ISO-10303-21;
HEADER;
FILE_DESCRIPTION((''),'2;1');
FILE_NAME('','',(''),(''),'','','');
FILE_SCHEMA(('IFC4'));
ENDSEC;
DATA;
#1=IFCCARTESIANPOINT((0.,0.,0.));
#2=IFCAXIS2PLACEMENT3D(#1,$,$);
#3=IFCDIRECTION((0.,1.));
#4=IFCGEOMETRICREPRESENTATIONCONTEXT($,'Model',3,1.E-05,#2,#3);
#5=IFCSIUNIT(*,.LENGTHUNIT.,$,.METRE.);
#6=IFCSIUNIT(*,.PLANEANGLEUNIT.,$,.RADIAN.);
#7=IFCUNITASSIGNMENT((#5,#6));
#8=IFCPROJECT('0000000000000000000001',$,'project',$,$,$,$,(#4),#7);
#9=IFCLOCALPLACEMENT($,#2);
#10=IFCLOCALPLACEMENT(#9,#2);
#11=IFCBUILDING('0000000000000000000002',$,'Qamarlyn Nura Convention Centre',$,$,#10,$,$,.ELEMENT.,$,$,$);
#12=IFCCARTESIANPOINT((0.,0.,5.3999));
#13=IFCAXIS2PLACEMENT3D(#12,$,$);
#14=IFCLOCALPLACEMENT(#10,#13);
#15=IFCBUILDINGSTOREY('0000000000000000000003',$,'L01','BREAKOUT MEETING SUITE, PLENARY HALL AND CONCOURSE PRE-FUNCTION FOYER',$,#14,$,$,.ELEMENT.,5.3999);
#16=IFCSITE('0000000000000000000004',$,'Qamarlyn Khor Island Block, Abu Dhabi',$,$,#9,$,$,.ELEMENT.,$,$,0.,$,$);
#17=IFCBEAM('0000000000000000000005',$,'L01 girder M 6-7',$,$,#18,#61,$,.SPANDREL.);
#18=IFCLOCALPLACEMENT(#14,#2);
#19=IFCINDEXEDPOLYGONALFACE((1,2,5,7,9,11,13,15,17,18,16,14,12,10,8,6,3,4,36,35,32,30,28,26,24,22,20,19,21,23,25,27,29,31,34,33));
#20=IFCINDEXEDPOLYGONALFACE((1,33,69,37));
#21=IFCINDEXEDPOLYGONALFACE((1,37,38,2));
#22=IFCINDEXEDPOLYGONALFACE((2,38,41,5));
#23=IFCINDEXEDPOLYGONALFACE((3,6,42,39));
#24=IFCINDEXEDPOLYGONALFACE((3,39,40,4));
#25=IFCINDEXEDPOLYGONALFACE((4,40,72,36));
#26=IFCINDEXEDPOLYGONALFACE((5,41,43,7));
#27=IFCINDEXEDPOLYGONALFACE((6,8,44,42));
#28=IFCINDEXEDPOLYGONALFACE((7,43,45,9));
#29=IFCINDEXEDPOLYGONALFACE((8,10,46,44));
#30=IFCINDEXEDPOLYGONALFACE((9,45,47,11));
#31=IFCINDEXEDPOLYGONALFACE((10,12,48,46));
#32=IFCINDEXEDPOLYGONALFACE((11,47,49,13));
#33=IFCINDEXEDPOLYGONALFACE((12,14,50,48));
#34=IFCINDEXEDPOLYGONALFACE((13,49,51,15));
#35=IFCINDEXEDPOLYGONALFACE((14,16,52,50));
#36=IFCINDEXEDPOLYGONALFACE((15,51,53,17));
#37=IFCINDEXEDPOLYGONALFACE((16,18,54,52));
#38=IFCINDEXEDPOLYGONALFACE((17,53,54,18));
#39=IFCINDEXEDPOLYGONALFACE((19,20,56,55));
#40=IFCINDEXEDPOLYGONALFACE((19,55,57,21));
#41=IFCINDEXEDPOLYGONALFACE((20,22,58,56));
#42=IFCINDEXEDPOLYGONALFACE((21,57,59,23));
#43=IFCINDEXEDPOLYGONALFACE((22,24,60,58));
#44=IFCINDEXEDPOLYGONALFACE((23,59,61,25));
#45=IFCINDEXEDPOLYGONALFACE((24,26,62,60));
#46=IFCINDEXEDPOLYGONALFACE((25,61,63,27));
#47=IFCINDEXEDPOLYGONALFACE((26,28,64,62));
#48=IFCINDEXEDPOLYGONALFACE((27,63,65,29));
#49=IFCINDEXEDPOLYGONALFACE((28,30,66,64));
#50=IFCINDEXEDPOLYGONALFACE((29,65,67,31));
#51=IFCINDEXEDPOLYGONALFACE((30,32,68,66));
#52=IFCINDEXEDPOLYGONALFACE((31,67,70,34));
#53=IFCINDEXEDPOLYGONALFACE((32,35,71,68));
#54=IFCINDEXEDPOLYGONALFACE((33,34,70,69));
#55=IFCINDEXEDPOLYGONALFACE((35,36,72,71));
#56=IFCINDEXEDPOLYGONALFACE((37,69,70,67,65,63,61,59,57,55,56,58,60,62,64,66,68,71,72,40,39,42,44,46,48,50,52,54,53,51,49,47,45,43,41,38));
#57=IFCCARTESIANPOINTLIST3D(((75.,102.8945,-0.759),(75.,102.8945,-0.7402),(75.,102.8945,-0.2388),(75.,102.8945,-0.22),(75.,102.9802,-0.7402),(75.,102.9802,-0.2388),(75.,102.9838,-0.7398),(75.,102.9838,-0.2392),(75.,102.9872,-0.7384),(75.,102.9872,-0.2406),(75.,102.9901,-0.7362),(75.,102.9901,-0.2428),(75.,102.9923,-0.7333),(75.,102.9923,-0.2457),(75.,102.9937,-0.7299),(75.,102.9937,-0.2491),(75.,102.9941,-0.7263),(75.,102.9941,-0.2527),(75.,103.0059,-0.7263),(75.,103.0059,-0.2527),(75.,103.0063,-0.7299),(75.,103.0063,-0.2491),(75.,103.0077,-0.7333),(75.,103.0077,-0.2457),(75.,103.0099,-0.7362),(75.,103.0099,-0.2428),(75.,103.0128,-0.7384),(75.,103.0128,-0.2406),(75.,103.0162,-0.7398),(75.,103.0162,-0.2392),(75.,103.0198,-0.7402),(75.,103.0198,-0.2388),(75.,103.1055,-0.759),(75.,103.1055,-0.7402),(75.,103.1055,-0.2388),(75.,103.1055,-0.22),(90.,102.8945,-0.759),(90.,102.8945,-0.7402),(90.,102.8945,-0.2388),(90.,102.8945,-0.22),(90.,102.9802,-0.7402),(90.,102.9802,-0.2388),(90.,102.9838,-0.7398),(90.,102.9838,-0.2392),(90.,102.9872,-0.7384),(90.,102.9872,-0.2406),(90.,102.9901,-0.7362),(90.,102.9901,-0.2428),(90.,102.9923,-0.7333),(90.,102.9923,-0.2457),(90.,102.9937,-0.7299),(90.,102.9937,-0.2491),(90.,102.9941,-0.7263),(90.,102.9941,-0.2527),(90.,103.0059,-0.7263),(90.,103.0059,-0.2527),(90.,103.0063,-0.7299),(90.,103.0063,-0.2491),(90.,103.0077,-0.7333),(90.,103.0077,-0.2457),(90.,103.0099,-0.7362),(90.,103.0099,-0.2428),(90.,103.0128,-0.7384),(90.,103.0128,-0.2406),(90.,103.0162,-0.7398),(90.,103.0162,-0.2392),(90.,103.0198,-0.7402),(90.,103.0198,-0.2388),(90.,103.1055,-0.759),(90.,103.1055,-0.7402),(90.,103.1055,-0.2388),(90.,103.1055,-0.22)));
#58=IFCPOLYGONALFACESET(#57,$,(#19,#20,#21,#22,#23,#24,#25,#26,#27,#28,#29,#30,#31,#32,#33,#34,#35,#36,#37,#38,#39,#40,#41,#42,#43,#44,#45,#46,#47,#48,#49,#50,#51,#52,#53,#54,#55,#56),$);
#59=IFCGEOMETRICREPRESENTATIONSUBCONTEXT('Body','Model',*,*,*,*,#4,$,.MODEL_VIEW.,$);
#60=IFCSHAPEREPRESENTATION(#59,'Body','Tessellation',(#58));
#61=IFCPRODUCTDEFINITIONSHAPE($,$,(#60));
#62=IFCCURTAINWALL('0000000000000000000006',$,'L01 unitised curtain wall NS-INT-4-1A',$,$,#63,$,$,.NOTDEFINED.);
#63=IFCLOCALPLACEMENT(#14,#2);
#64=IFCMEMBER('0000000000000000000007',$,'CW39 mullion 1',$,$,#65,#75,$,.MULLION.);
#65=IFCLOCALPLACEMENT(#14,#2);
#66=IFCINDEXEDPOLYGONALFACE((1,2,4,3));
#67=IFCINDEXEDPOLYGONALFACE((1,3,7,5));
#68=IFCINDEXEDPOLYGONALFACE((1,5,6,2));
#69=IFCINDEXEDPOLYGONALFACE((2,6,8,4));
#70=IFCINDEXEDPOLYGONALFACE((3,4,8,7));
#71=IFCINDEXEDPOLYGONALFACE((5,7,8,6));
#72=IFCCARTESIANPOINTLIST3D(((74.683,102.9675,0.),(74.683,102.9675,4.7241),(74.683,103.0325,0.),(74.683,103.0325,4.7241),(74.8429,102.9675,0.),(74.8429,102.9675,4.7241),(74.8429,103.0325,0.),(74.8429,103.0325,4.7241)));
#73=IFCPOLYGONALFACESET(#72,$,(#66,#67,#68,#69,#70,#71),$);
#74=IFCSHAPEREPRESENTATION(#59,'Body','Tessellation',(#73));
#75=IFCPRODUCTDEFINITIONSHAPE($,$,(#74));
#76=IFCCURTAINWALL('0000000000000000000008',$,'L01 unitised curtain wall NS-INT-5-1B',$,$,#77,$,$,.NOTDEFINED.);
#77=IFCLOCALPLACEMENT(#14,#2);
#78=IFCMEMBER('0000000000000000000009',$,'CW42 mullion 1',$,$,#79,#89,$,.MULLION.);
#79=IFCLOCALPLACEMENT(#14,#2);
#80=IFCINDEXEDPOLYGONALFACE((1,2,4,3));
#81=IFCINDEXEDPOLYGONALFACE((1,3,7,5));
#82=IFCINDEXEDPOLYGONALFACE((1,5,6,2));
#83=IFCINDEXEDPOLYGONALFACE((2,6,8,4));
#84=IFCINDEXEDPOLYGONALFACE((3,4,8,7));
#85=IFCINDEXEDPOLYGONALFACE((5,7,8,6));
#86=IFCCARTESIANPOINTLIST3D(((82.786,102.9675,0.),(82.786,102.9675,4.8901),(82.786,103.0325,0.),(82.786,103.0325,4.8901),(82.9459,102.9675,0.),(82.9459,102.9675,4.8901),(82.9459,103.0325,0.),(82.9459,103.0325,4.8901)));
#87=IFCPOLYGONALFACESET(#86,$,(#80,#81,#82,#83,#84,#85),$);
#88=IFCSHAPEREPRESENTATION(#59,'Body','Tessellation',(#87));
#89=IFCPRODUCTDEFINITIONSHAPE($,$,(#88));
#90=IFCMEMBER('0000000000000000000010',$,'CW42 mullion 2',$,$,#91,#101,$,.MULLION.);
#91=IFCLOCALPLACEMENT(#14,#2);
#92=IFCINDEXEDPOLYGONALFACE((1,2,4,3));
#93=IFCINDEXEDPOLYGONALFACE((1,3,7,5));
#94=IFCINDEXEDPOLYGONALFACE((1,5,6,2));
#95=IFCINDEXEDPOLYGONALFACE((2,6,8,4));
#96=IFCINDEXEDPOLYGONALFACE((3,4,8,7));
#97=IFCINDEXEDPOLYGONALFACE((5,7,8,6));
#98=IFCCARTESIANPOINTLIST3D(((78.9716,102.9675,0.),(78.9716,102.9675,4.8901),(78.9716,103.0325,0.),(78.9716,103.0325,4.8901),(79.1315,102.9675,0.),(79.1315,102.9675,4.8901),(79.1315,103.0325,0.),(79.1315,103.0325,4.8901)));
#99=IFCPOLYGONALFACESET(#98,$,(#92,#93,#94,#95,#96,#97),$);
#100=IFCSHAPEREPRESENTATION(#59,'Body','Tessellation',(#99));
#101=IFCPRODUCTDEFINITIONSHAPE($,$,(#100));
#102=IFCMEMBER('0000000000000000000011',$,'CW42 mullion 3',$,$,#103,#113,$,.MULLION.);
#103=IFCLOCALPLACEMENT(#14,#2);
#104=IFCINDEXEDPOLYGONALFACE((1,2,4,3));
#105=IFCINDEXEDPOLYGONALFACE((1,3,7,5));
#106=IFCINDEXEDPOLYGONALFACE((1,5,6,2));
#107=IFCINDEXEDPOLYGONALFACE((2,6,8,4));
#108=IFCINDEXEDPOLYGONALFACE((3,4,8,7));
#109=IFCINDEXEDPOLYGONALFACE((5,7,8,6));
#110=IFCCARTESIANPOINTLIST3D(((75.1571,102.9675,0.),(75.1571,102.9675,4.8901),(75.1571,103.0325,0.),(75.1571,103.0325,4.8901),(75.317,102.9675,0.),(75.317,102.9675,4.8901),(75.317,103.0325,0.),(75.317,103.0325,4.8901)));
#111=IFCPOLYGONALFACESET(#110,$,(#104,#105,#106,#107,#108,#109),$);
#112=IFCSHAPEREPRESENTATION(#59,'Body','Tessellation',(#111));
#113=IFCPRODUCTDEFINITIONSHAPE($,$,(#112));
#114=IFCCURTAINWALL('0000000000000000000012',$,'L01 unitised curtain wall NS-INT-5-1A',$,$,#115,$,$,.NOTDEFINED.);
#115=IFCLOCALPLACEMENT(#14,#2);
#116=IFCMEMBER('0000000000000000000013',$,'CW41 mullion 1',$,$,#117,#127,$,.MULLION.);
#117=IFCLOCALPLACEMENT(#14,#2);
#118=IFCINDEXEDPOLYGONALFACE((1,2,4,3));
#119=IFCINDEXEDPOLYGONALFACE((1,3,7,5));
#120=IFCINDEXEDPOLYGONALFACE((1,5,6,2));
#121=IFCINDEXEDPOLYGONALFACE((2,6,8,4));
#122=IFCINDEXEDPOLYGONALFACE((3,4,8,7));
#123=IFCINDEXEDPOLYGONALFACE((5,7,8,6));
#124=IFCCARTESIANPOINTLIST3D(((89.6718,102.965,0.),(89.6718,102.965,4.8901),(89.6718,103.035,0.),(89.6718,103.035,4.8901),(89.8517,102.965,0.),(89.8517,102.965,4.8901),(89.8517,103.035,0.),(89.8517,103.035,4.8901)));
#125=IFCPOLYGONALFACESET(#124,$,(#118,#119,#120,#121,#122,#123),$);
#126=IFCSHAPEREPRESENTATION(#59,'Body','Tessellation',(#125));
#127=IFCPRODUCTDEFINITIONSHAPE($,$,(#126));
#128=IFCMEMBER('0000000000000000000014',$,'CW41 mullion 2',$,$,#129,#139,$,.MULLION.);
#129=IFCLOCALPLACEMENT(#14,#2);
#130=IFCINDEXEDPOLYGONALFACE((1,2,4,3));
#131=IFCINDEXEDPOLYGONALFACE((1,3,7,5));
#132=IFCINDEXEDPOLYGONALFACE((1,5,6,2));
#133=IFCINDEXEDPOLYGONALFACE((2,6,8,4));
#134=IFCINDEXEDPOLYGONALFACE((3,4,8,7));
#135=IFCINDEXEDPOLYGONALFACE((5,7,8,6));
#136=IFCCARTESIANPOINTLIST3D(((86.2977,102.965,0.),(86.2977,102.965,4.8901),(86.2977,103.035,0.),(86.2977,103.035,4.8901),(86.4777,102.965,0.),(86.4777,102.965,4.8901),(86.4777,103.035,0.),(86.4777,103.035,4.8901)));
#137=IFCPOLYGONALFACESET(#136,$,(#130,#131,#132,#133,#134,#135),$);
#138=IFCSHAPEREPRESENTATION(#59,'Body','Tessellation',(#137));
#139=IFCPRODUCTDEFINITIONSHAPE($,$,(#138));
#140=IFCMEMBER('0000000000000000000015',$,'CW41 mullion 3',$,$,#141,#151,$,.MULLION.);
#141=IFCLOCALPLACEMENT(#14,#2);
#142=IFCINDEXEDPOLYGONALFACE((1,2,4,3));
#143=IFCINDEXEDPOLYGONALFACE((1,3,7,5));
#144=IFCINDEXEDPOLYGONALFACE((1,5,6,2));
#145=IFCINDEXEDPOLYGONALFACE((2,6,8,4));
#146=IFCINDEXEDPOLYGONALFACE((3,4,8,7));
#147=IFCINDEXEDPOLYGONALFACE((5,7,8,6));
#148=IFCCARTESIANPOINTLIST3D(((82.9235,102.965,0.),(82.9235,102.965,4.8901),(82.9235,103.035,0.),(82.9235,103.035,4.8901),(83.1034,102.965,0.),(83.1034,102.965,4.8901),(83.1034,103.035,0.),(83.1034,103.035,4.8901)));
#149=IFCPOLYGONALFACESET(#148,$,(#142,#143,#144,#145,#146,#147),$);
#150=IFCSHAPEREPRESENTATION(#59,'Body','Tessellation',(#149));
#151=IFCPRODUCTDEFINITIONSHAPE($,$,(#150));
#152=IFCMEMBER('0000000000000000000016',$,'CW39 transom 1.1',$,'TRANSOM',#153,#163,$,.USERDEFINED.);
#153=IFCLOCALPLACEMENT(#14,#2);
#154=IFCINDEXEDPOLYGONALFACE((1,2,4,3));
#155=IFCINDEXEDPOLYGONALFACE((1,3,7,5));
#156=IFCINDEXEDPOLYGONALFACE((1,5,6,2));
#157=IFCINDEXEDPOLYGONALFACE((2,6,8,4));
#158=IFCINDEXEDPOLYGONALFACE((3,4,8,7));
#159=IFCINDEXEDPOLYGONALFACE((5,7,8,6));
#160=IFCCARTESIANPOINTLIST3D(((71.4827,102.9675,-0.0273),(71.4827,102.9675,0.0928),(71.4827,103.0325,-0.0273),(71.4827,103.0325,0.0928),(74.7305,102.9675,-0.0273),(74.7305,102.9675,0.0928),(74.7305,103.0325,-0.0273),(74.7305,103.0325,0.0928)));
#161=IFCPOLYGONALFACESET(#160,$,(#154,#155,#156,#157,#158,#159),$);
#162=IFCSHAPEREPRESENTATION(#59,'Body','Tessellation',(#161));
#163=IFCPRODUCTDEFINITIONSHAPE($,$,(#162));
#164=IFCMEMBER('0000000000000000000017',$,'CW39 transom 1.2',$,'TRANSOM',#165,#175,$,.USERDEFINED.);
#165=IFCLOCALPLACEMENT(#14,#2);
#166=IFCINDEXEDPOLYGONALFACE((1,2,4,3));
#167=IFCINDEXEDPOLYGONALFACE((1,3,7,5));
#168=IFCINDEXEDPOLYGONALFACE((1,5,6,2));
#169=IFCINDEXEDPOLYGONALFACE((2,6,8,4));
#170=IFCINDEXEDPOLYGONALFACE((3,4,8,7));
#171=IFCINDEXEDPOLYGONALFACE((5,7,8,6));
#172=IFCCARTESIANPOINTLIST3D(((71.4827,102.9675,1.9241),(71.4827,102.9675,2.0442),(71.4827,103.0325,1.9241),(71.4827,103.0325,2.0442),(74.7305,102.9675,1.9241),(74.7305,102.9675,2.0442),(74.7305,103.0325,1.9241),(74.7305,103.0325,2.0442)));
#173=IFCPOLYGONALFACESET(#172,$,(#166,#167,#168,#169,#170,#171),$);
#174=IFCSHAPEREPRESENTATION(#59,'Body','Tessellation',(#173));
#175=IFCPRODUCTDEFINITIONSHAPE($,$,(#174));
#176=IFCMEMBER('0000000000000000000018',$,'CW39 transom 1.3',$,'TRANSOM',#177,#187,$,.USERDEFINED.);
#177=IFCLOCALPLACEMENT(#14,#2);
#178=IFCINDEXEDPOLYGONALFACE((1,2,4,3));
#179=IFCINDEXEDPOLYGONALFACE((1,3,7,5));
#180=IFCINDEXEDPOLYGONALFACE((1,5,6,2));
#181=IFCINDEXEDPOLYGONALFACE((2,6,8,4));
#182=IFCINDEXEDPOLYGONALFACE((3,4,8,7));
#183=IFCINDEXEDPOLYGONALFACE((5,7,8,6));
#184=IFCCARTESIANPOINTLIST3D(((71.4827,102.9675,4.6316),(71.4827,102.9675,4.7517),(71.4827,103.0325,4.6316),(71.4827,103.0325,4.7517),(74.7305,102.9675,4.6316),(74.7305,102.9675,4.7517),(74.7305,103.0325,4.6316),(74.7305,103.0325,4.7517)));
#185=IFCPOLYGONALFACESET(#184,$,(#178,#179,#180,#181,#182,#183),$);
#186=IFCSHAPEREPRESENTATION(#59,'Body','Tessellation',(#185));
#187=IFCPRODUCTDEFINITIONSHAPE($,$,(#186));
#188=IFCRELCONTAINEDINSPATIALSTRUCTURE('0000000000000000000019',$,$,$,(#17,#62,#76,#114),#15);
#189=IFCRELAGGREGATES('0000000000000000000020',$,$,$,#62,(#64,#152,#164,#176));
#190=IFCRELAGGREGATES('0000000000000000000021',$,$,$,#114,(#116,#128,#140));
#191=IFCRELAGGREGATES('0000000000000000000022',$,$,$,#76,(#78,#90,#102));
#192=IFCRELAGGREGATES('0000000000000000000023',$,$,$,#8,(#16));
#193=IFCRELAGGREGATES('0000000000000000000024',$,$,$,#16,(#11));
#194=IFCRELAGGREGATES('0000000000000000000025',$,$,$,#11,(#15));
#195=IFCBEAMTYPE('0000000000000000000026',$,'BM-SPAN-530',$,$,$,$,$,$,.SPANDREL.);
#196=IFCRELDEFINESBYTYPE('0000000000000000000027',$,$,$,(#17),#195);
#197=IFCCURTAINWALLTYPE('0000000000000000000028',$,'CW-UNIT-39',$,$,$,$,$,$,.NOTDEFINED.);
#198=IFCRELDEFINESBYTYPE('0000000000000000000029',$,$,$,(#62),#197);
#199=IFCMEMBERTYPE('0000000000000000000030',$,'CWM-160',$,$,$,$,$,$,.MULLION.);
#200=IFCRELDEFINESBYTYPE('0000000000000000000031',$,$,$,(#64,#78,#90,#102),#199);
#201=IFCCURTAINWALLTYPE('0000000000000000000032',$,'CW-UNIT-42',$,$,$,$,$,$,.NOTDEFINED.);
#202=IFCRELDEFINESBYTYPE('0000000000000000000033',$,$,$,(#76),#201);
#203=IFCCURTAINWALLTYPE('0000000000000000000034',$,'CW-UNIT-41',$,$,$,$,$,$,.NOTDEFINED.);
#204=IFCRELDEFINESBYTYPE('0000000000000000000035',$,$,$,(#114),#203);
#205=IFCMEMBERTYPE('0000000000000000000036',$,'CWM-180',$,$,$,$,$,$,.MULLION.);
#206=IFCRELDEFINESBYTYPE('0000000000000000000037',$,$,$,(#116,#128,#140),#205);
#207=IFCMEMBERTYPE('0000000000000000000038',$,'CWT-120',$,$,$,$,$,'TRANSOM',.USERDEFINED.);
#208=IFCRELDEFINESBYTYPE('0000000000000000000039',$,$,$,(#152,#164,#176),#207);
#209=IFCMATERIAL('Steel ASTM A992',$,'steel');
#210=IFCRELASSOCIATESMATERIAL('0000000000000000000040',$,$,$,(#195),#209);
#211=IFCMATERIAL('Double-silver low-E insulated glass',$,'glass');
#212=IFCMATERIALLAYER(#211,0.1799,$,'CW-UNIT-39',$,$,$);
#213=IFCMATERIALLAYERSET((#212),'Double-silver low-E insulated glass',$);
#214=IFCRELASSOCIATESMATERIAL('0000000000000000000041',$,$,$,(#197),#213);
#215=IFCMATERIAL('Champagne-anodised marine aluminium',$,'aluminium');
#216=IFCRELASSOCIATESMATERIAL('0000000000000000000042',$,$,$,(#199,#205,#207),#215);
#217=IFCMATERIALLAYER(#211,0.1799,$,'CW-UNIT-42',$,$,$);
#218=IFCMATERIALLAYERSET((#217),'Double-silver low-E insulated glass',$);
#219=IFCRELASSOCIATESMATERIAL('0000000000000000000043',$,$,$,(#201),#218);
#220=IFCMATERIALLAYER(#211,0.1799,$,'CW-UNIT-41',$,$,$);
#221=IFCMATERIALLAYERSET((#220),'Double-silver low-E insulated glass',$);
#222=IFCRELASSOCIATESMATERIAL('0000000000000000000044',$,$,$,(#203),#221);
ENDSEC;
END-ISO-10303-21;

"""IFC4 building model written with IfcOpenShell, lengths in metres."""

from ifc_helpers import new_model, si_unit, direction, frame, origin, origin_2d, place, context, subcontext, project, spatial, rectangle, i_section, extrude, material, layer, layer_set, material_profile, profile_set, type_object, element, aggregate, save


model = new_model("IFC4")

# Units and contexts
model_context = context("Model", 3, precision=1e-05, world=origin(), true_north=direction((0.0, 1.0)))
body_context = subcontext(model_context, "Body", "Model", "MODEL_VIEW")
ifc_project = project(units=[si_unit("LENGTHUNIT", "METRE"), si_unit("PLANEANGLEUNIT", "RADIAN")], contexts=[model_context])

# Site, building, storey
site_placement = place(None, origin())
site = spatial("IfcSite", under=ifc_project, at=site_placement, Name="Qamarlyn Khor Island Block, Abu Dhabi", CompositionType="ELEMENT", RefElevation=0.0)
building_placement = place(site_placement, origin())
building = spatial("IfcBuilding", under=site, at=building_placement, Name="Qamarlyn Nura Convention Centre", CompositionType="ELEMENT")
storey_placement = place(building_placement, frame((0.0, 0.0, 5.3999)))
storey = spatial("IfcBuildingStorey", under=building, at=storey_placement, Name="L01", Description="BREAKOUT MEETING SUITE, PLENARY HALL AND CONCOURSE PRE-FUNCTION FOYER", CompositionType="ELEMENT", Elevation=5.3999)

# Shared definitions
ifc_material_1 = material(Name="Steel ASTM A992", Category="steel")

# Beam
ifc_material_profile_1 = material_profile(ifc_material_1, i_section(OverallWidth=0.2109, OverallDepth=0.5391, WebThickness=0.0117, FlangeThickness=0.0188, FilletRadius=0.0139, at=origin_2d()), Name="W530X109")
ifc_profile_set_1 = profile_set([ifc_material_profile_1], Name="Steel ASTM A992")
beam_type_1 = type_object("IfcBeamType", Name="BM-SPAN-530", PredefinedType="SPANDREL", material=ifc_profile_set_1)
beam_1_placement = place(storey_placement, frame((75.0, 103.0, -0.4895), z_axis=(1.0, 0.0, 0.0), x_axis=(0.0, 1.0, 0.0)))
element("IfcBeam", 1, at=beam_1_placement, inside=storey, type_object=beam_type_1, Name="L01 girder M 6-7", PredefinedType="SPANDREL", context=body_context, shape_type="SweptSolid", body=[
    extrude(i_section(OverallWidth=0.2109, OverallDepth=0.5391, WebThickness=0.0117, FlangeThickness=0.0188, FilletRadius=0.0139, at=origin_2d()), origin(), (0.0, 0.0, 1.0), 15.0),
])

# Curtain wall, member
ifc_material_2 = material(Name="Double-silver low-E insulated glass", Category="glass")
ifc_layer_1 = layer(ifc_material_2, 0.1799, Name="CW-UNIT-39")
ifc_layer_set_1 = layer_set([ifc_layer_1], Name="Double-silver low-E insulated glass")
curtain_wall_type_1 = type_object("IfcCurtainWallType", Name="CW-UNIT-39", PredefinedType="NOTDEFINED", material=ifc_layer_set_1)
curtain_wall_1_placement = place(storey_placement, origin())
curtain_wall_1 = element("IfcCurtainWall", 2, at=curtain_wall_1_placement, inside=storey, type_object=curtain_wall_type_1, Name="L01 unitised curtain wall NS-INT-4-1A", PredefinedType="NOTDEFINED")
ifc_material_3 = material(Name="Champagne-anodised marine aluminium", Category="aluminium")
ifc_material_profile_2 = material_profile(ifc_material_3, rectangle(XDim=0.0649, YDim=0.1599, at=origin_2d()), Name="ALU MULLION 65x160")
ifc_profile_set_2 = profile_set([ifc_material_profile_2], Name="Champagne-anodised marine aluminium")
member_type_1 = type_object("IfcMemberType", Name="CWM-160", PredefinedType="MULLION", material=ifc_profile_set_2)
member_1_placement = place(storey_placement, frame((74.7629, 103.0, 0.0), z_axis=(0.0, 0.0, 1.0), x_axis=(0.0, -1.0, 0.0)))
member_1 = element("IfcMember", 3, at=member_1_placement, type_object=member_type_1, Name="CW39 mullion 1", PredefinedType="MULLION", context=body_context, shape_type="SweptSolid", body=[
    extrude(rectangle(XDim=0.0649, YDim=0.1599, at=origin_2d()), origin(), (0.0, 0.0, 1.0), 4.7241),
])

# Curtain walls, members
ifc_layer_2 = layer(ifc_material_2, 0.1799, Name="CW-UNIT-42")
ifc_layer_set_2 = layer_set([ifc_layer_2], Name="Double-silver low-E insulated glass")
curtain_wall_type_2 = type_object("IfcCurtainWallType", Name="CW-UNIT-42", PredefinedType="NOTDEFINED", material=ifc_layer_set_2)
curtain_wall_2_placement = place(storey_placement, origin())
curtain_wall_2 = element("IfcCurtainWall", 4, at=curtain_wall_2_placement, inside=storey, type_object=curtain_wall_type_2, Name="L01 unitised curtain wall NS-INT-5-1B", PredefinedType="NOTDEFINED")
member_2_placement = place(storey_placement, frame((82.866, 103.0, 0.0), z_axis=(0.0, 0.0, 1.0), x_axis=(0.0, -1.0, 0.0)))
member_2 = element("IfcMember", 5, at=member_2_placement, type_object=member_type_1, Name="CW42 mullion 1", PredefinedType="MULLION", context=body_context, shape_type="SweptSolid", body=[
    extrude(rectangle(XDim=0.0649, YDim=0.1599, at=origin_2d()), origin(), (0.0, 0.0, 1.0), 4.8901),
])
member_3_placement = place(storey_placement, frame((79.0515, 103.0, 0.0), z_axis=(0.0, 0.0, 1.0), x_axis=(0.0, -1.0, 0.0)))
member_3 = element("IfcMember", 6, at=member_3_placement, type_object=member_type_1, Name="CW42 mullion 2", PredefinedType="MULLION", context=body_context, shape_type="SweptSolid", body=[
    extrude(rectangle(XDim=0.0649, YDim=0.1599, at=origin_2d()), origin(), (0.0, 0.0, 1.0), 4.8901),
])
member_4_placement = place(storey_placement, frame((75.2371, 103.0, 0.0), z_axis=(0.0, 0.0, 1.0), x_axis=(0.0, -1.0, 0.0)))
member_4 = element("IfcMember", 7, at=member_4_placement, type_object=member_type_1, Name="CW42 mullion 3", PredefinedType="MULLION", context=body_context, shape_type="SweptSolid", body=[
    extrude(rectangle(XDim=0.0649, YDim=0.1599, at=origin_2d()), origin(), (0.0, 0.0, 1.0), 4.8901),
])
ifc_layer_3 = layer(ifc_material_2, 0.1799, Name="CW-UNIT-41")
ifc_layer_set_3 = layer_set([ifc_layer_3], Name="Double-silver low-E insulated glass")
curtain_wall_type_3 = type_object("IfcCurtainWallType", Name="CW-UNIT-41", PredefinedType="NOTDEFINED", material=ifc_layer_set_3)
curtain_wall_3_placement = place(storey_placement, origin())
curtain_wall_3 = element("IfcCurtainWall", 8, at=curtain_wall_3_placement, inside=storey, type_object=curtain_wall_type_3, Name="L01 unitised curtain wall NS-INT-5-1A", PredefinedType="NOTDEFINED")
ifc_material_profile_3 = material_profile(ifc_material_3, rectangle(XDim=0.0701, YDim=0.1799, at=origin_2d()), Name="ALU MULLION 70x180")
ifc_profile_set_3 = profile_set([ifc_material_profile_3], Name="Champagne-anodised marine aluminium")
member_type_2 = type_object("IfcMemberType", Name="CWM-180", PredefinedType="MULLION", material=ifc_profile_set_3)
member_5_placement = place(storey_placement, frame((89.7617, 103.0, 0.0), z_axis=(0.0, 0.0, 1.0), x_axis=(0.0, -1.0, 0.0)))
member_5 = element("IfcMember", 9, at=member_5_placement, type_object=member_type_2, Name="CW41 mullion 1", PredefinedType="MULLION", context=body_context, shape_type="SweptSolid", body=[
    extrude(rectangle(XDim=0.0701, YDim=0.1799, at=origin_2d()), origin(), (0.0, 0.0, 1.0), 4.8901),
])
member_6_placement = place(storey_placement, frame((86.3877, 103.0, 0.0), z_axis=(0.0, 0.0, 1.0), x_axis=(0.0, -1.0, 0.0)))
member_6 = element("IfcMember", 10, at=member_6_placement, type_object=member_type_2, Name="CW41 mullion 2", PredefinedType="MULLION", context=body_context, shape_type="SweptSolid", body=[
    extrude(rectangle(XDim=0.0701, YDim=0.1799, at=origin_2d()), origin(), (0.0, 0.0, 1.0), 4.8901),
])
member_7_placement = place(storey_placement, frame((83.0134, 103.0, 0.0), z_axis=(0.0, 0.0, 1.0), x_axis=(0.0, -1.0, 0.0)))
member_7 = element("IfcMember", 11, at=member_7_placement, type_object=member_type_2, Name="CW41 mullion 3", PredefinedType="MULLION", context=body_context, shape_type="SweptSolid", body=[
    extrude(rectangle(XDim=0.0701, YDim=0.1799, at=origin_2d()), origin(), (0.0, 0.0, 1.0), 4.8901),
])

# Members
ifc_material_profile_4 = material_profile(ifc_material_3, rectangle(XDim=0.0649, YDim=0.1201, at=origin_2d()), Name="ALU TRANSOM 65x120")
ifc_profile_set_4 = profile_set([ifc_material_profile_4], Name="Champagne-anodised marine aluminium")
member_type_3 = type_object("IfcMemberType", Name="CWT-120", ElementType="TRANSOM", PredefinedType="USERDEFINED", material=ifc_profile_set_4)
member_8_placement = place(storey_placement, frame((74.7305, 103.0, 0.0327), z_axis=(-1.0, 0.0, 0.0), x_axis=(0.0, -1.0, 0.0)))
member_8 = element("IfcMember", 12, at=member_8_placement, type_object=member_type_3, Name="CW39 transom 1.1", ObjectType="TRANSOM", PredefinedType="USERDEFINED", context=body_context, shape_type="SweptSolid", body=[
    extrude(rectangle(XDim=0.0649, YDim=0.1201, at=origin_2d()), origin(), (0.0, 0.0, 1.0), 3.2478),
])
member_9_placement = place(storey_placement, frame((74.7305, 103.0, 1.9841), z_axis=(-1.0, 0.0, 0.0), x_axis=(0.0, -1.0, 0.0)))
member_9 = element("IfcMember", 13, at=member_9_placement, type_object=member_type_3, Name="CW39 transom 1.2", ObjectType="TRANSOM", PredefinedType="USERDEFINED", context=body_context, shape_type="SweptSolid", body=[
    extrude(rectangle(XDim=0.0649, YDim=0.1201, at=origin_2d()), origin(), (0.0, 0.0, 1.0), 3.2478),
])
member_10_placement = place(storey_placement, frame((74.7305, 103.0, 4.6917), z_axis=(-1.0, 0.0, 0.0), x_axis=(0.0, -1.0, 0.0)))
member_10 = element("IfcMember", 14, at=member_10_placement, type_object=member_type_3, Name="CW39 transom 1.3", ObjectType="TRANSOM", PredefinedType="USERDEFINED", context=body_context, shape_type="SweptSolid", body=[
    extrude(rectangle(XDim=0.0649, YDim=0.1201, at=origin_2d()), origin(), (0.0, 0.0, 1.0), 3.2478),
])
aggregate(curtain_wall_1, [member_1, member_8, member_9, member_10])

aggregate(curtain_wall_3, [member_5, member_6, member_7])
aggregate(curtain_wall_2, [member_2, member_3, member_4])

save(model, "model.ifc")
